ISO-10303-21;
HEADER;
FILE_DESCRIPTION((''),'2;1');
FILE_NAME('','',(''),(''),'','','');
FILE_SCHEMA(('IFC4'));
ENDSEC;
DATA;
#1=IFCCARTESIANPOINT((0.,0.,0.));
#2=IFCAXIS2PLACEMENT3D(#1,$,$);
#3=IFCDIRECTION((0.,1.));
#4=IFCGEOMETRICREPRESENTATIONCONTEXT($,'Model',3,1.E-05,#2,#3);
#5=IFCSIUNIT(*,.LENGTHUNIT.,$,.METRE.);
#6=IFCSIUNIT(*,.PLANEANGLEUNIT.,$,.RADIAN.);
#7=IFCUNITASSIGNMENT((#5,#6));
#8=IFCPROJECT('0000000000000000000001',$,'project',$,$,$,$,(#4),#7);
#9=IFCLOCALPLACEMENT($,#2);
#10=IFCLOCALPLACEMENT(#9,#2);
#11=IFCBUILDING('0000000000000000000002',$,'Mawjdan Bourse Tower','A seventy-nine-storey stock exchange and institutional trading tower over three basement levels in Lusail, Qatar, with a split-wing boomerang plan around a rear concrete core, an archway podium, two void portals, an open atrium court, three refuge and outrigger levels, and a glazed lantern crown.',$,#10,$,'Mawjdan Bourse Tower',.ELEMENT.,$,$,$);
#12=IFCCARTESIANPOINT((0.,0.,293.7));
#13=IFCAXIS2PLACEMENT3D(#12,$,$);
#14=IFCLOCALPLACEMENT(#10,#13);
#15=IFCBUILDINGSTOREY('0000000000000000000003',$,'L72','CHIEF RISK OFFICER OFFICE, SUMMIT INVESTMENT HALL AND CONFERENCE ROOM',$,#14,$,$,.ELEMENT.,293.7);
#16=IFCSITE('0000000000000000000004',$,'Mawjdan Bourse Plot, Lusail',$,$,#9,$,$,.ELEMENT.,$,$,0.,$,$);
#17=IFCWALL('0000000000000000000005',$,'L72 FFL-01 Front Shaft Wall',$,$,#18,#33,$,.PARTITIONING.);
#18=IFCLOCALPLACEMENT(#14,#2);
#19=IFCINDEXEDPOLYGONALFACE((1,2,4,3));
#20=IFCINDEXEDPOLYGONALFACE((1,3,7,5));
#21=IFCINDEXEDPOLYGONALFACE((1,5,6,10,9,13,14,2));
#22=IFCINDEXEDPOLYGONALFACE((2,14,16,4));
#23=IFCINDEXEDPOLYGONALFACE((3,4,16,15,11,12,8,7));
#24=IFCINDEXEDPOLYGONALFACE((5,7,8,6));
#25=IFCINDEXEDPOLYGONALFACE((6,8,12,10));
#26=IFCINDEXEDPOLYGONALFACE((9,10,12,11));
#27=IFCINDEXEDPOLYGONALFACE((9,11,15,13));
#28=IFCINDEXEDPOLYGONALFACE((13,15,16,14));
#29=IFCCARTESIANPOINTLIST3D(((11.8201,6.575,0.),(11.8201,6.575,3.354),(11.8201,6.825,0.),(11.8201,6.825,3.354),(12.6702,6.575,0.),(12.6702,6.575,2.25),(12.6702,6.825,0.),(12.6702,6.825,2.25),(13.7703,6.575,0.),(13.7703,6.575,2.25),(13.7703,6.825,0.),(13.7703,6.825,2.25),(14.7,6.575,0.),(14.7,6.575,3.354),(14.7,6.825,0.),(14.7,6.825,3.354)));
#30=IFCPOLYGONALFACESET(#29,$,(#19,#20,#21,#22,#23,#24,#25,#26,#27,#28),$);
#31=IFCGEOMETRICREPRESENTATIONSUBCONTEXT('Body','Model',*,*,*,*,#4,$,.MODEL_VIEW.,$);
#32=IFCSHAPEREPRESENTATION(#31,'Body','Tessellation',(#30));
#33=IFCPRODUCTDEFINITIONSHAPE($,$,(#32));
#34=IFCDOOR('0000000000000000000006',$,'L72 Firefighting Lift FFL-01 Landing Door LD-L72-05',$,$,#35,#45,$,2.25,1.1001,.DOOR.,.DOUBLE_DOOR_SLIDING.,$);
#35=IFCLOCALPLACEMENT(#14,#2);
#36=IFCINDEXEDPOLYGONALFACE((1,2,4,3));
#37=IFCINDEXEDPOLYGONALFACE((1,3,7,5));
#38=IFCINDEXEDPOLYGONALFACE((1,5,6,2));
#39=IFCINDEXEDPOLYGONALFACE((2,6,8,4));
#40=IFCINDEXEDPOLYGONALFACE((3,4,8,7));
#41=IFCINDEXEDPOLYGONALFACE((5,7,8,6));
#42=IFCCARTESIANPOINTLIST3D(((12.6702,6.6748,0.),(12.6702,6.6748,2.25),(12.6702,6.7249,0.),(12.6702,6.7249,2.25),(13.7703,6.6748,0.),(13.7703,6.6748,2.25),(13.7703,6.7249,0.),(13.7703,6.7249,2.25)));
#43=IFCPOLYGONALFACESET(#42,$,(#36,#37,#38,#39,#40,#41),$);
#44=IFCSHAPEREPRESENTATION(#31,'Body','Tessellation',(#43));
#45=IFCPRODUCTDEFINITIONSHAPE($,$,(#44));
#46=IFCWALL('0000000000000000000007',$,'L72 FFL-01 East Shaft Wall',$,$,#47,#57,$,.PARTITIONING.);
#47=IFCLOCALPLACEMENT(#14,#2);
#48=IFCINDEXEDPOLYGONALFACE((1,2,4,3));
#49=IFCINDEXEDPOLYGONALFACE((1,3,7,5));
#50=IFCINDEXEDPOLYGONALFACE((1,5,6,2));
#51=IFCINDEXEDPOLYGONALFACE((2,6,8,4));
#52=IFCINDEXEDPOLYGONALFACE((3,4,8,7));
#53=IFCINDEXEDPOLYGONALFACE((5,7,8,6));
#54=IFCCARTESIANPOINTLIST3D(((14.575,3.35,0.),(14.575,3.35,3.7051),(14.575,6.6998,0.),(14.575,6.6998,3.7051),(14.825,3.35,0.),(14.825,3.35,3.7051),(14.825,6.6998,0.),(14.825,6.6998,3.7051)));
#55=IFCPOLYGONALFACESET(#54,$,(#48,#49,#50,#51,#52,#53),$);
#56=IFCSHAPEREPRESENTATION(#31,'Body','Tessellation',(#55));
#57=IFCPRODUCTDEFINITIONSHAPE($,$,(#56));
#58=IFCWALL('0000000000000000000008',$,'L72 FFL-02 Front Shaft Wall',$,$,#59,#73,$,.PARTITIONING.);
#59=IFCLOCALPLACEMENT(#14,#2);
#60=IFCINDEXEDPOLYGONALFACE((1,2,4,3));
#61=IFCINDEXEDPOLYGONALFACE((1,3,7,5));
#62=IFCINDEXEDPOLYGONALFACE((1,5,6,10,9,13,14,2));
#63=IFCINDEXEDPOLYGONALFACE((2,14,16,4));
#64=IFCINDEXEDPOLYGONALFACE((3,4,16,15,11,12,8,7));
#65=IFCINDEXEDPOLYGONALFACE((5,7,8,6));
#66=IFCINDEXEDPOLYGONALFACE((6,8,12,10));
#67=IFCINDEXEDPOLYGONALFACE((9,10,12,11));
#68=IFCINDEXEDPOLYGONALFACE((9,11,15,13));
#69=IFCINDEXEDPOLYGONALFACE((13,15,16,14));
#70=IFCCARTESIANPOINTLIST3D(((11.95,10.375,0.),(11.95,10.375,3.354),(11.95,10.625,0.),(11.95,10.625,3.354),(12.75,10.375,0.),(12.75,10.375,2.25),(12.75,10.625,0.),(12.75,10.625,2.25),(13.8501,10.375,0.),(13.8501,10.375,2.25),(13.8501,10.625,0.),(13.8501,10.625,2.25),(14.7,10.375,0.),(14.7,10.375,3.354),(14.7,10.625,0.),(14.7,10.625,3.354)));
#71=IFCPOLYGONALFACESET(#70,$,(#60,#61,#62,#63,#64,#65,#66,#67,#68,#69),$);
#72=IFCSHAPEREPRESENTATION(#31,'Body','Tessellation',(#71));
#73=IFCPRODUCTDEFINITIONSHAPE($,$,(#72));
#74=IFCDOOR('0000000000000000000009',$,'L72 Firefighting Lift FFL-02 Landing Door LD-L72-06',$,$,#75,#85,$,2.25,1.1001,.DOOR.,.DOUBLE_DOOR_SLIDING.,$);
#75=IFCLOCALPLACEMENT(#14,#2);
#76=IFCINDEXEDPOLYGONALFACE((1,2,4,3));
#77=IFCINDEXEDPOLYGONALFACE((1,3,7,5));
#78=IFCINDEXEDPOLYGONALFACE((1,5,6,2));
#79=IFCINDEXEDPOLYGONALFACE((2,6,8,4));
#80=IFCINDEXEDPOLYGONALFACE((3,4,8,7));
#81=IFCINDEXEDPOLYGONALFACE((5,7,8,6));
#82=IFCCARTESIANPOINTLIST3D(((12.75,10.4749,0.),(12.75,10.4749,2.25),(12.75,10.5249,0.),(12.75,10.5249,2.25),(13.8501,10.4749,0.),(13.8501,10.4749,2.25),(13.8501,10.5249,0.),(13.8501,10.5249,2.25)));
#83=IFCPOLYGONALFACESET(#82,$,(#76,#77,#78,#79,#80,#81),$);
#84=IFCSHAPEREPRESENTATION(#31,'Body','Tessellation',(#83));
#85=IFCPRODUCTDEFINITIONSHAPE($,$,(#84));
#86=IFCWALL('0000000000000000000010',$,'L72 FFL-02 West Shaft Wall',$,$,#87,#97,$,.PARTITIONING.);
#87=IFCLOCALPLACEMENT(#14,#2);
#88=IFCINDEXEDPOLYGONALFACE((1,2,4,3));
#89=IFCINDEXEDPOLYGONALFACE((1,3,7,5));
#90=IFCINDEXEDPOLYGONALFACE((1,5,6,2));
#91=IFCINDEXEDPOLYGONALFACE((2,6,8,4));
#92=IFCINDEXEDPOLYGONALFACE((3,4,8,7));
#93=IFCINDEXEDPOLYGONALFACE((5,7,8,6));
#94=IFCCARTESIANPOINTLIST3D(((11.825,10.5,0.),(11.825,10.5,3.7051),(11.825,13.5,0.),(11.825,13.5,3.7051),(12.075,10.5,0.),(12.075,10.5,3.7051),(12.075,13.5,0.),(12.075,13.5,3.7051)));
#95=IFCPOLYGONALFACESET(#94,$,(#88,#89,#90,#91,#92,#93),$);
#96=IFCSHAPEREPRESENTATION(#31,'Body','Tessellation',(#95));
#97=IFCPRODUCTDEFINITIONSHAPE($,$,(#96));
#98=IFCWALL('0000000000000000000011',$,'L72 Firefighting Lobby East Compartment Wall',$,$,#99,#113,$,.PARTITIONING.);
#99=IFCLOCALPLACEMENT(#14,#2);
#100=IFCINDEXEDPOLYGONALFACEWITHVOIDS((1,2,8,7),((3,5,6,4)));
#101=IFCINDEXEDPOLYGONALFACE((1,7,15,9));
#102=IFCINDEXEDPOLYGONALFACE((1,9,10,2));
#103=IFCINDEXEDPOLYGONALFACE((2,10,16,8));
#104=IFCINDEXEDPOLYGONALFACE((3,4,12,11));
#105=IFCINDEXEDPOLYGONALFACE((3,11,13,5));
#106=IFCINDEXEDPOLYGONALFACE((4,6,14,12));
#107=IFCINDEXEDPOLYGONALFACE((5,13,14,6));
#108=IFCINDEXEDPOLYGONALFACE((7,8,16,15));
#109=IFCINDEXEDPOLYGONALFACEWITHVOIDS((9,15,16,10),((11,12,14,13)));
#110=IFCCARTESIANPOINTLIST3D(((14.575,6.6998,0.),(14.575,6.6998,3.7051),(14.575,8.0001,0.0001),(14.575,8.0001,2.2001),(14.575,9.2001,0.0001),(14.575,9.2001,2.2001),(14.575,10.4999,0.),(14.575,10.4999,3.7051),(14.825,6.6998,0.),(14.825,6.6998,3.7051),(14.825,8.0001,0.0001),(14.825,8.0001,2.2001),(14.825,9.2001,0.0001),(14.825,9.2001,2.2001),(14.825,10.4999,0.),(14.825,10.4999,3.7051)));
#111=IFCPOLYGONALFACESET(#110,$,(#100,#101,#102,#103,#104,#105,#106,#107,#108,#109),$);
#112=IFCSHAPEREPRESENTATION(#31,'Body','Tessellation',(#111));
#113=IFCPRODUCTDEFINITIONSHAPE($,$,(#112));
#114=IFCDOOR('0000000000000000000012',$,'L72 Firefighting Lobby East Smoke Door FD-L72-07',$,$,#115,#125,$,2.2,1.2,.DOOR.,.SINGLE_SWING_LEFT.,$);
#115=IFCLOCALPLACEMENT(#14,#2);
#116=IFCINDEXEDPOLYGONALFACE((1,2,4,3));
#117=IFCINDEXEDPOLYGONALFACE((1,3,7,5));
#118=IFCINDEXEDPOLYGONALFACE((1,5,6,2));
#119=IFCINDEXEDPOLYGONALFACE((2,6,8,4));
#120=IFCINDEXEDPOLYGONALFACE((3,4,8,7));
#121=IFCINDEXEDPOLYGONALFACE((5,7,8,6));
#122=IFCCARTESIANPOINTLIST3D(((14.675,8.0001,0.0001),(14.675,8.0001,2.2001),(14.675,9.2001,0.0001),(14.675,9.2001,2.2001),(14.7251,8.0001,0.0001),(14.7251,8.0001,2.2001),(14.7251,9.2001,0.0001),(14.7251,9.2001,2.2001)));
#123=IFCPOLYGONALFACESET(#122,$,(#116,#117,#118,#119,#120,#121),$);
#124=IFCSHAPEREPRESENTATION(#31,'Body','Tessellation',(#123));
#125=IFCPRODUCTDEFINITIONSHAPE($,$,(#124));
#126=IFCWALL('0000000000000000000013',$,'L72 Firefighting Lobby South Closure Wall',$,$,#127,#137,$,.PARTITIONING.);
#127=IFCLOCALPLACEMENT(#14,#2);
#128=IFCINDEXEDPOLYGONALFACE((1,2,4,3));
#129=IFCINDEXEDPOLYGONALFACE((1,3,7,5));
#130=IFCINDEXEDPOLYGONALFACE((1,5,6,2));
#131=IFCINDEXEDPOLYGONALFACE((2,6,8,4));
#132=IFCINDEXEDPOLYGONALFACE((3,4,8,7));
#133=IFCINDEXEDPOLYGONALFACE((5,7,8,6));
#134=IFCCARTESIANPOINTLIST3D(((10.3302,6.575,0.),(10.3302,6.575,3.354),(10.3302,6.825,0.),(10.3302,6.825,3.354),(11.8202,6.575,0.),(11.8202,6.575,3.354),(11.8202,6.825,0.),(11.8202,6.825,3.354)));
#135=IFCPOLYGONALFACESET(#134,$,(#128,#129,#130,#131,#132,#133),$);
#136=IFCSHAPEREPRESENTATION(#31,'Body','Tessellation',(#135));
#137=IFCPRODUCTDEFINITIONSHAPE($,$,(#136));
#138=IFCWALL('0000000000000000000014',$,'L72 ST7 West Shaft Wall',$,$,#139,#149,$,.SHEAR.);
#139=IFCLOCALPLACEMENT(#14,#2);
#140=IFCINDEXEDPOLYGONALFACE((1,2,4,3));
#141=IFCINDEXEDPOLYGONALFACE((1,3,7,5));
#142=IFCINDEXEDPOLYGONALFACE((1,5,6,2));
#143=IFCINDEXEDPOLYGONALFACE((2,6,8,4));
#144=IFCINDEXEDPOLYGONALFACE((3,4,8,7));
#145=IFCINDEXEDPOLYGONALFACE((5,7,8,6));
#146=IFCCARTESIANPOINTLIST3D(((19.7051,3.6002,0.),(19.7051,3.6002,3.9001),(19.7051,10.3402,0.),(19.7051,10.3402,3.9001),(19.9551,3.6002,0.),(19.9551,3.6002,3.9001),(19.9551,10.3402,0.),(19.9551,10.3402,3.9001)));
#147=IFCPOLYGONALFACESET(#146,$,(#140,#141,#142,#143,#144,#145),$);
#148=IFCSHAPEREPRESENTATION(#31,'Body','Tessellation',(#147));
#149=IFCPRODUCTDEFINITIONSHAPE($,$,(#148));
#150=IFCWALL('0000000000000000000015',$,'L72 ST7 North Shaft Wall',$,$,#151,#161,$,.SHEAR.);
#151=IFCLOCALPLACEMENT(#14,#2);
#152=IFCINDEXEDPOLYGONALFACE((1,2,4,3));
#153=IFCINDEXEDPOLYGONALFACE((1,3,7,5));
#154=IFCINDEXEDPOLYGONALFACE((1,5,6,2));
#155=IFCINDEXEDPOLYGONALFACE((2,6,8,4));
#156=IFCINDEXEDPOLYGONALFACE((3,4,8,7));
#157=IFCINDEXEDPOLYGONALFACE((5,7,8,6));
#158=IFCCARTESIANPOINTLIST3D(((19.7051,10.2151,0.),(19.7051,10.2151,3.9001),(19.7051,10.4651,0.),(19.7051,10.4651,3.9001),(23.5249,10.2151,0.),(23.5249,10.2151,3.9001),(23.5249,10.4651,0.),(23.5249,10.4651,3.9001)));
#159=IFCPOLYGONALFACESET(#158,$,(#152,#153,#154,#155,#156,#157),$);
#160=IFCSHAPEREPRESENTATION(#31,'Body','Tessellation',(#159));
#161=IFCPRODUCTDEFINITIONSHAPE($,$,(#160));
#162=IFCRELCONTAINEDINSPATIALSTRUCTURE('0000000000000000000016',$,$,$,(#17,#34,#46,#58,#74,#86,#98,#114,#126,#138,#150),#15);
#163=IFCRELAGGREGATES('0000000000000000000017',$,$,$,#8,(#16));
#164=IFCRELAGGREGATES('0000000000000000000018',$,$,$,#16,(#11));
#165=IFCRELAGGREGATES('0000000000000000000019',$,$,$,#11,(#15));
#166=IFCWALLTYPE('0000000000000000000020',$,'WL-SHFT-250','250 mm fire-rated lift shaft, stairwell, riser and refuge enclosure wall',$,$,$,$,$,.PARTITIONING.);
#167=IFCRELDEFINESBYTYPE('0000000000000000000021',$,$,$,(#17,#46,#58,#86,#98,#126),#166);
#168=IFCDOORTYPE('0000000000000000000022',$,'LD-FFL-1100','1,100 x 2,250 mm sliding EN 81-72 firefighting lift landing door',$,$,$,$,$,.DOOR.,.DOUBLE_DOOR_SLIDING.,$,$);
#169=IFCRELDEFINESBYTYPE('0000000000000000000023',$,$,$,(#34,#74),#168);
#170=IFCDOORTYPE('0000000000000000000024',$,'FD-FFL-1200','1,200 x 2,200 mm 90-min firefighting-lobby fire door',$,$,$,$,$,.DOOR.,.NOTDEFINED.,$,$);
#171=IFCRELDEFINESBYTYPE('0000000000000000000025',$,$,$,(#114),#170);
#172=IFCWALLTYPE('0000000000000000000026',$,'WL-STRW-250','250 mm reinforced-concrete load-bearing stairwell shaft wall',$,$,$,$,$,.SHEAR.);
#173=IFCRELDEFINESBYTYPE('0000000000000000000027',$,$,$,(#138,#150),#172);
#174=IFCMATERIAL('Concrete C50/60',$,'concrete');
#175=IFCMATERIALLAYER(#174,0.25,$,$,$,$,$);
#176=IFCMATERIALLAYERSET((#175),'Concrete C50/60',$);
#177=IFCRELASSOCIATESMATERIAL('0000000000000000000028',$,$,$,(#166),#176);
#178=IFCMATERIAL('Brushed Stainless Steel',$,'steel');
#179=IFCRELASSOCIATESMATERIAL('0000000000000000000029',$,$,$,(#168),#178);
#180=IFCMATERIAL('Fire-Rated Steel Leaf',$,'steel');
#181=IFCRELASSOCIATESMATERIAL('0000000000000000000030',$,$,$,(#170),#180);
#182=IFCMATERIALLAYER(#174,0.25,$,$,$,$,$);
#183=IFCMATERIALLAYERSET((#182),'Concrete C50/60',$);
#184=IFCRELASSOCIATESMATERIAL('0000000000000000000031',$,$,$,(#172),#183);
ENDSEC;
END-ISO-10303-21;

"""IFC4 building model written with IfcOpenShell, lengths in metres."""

from ifc_helpers import new_model, si_unit, direction, frame, frame_2d, origin, place, context, subcontext, project, spatial, rectangle, extrude, material, layer, layer_set, type_object, element, fill, save


model = new_model("IFC4")

# Units and contexts
model_context = context("Model", 3, precision=1e-05, world=origin(), true_north=direction((0.0, 1.0)))
body_context = subcontext(model_context, "Body", "Model", "MODEL_VIEW")
ifc_project = project(units=[si_unit("LENGTHUNIT", "METRE"), si_unit("PLANEANGLEUNIT", "RADIAN")], contexts=[model_context])

# Site, building, storey
site_placement = place(None, origin())
site = spatial("IfcSite", under=ifc_project, at=site_placement, Name="Mawjdan Bourse Plot, Lusail", CompositionType="ELEMENT", RefElevation=0.0)
building_placement = place(site_placement, origin())
building = spatial("IfcBuilding", under=site, at=building_placement, Name="Mawjdan Bourse Tower", Description="A seventy-nine-storey stock exchange and institutional trading tower over three basement levels in Lusail, Qatar, with a split-wing boomerang plan around a rear concrete core, an archway podium, two void portals, an open atrium court, three refuge and outrigger levels, and a glazed lantern crown.", LongName="Mawjdan Bourse Tower", CompositionType="ELEMENT")
storey_placement = place(building_placement, frame((0.0, 0.0, 293.7)))
storey = spatial("IfcBuildingStorey", under=building, at=storey_placement, Name="L72", Description="CHIEF RISK OFFICER OFFICE, SUMMIT INVESTMENT HALL AND CONFERENCE ROOM", CompositionType="ELEMENT", Elevation=293.7)

# Shared definitions
ifc_material_1 = material(Name="Concrete C50/60", Category="concrete")
ifc_layer_1 = layer(ifc_material_1, 0.25)
ifc_layer_set_1 = layer_set([ifc_layer_1], Name="Concrete C50/60")
wall_type_1 = type_object("IfcWallType", Name="WL-SHFT-250", Description="250 mm fire-rated lift shaft, stairwell, riser and refuge enclosure wall", PredefinedType="PARTITIONING", material=ifc_layer_set_1)

# Wall, opening, door
wall_1_placement = place(storey_placement, frame((11.8201, 6.7, 0.0), z_axis=(0.0, 0.0, 1.0), x_axis=(1.0, 0.0, 0.0)))
wall_1 = element("IfcWall", 1, at=wall_1_placement, inside=storey, type_object=wall_type_1, Name="L72 FFL-01 Front Shaft Wall", PredefinedType="PARTITIONING", context=body_context, shape_type="SweptSolid", body=[
    extrude(rectangle(XDim=2.8799, YDim=0.25, at=frame_2d((1.4399, 0.0))), origin(), (0.0, 0.0, 1.0), 3.354),
])
opening_1_placement = place(wall_1_placement, frame((0.8501, 0.0, 0.0)))
opening_1 = element("IfcOpeningElement", 2, at=opening_1_placement, cuts=wall_1, PredefinedType="OPENING", context=body_context, shape_type="SweptSolid", body=[
    extrude(rectangle(XDim=1.1001, YDim=2.25, at=frame_2d((0.55, 1.125))), frame((0.0, 0.135, 0.0), z_axis=(0.0, -1.0, 0.0), x_axis=(1.0, 0.0, 0.0)), (0.0, 0.0, 1.0), 0.27),
])
ifc_material_2 = material(Name="Brushed Stainless Steel", Category="steel")
door_type_1 = type_object("IfcDoorType", Name="LD-FFL-1100", Description="1,100 x 2,250 mm sliding EN 81-72 firefighting lift landing door", OperationType="DOUBLE_DOOR_SLIDING", PredefinedType="DOOR", material=ifc_material_2)
door_1_placement = place(opening_1_placement, origin())
door_1 = element("IfcDoor", 3, at=door_1_placement, inside=storey, type_object=door_type_1, Name="L72 Firefighting Lift FFL-01 Landing Door LD-L72-05", OperationType="DOUBLE_DOOR_SLIDING", OverallHeight=2.25, OverallWidth=1.1001, PredefinedType="DOOR", context=body_context, shape_type="SweptSolid", body=[
    extrude(rectangle(XDim=1.1001, YDim=2.25, at=frame_2d((0.55, 1.125))), frame((0.0, 0.0249, 0.0), z_axis=(0.0, -1.0, 0.0), x_axis=(1.0, 0.0, 0.0)), (0.0, 0.0, 1.0), 0.05),
])
fill(opening_1, door_1)

# Wall
wall_2_placement = place(storey_placement, frame((14.7, 3.3501, 0.0), z_axis=(0.0, 0.0, 1.0), x_axis=(0.0, 1.0, 0.0)))
element("IfcWall", 4, at=wall_2_placement, inside=storey, type_object=wall_type_1, Name="L72 FFL-01 East Shaft Wall", PredefinedType="PARTITIONING", context=body_context, shape_type="SweptSolid", body=[
    extrude(rectangle(XDim=3.3499, YDim=0.25, at=frame_2d((1.6748, 0.0))), origin(), (0.0, 0.0, 1.0), 3.7051),
])

# Wall, opening, door
wall_3_placement = place(storey_placement, frame((11.95, 10.5, 0.0), z_axis=(0.0, 0.0, 1.0), x_axis=(1.0, 0.0, 0.0)))
wall_3 = element("IfcWall", 5, at=wall_3_placement, inside=storey, type_object=wall_type_1, Name="L72 FFL-02 Front Shaft Wall", PredefinedType="PARTITIONING", context=body_context, shape_type="SweptSolid", body=[
    extrude(rectangle(XDim=2.75, YDim=0.25, at=frame_2d((1.375, 0.0))), origin(), (0.0, 0.0, 1.0), 3.354),
])
opening_2_placement = place(wall_3_placement, frame((0.8, 0.0, 0.0)))
opening_2 = element("IfcOpeningElement", 6, at=opening_2_placement, cuts=wall_3, PredefinedType="OPENING", context=body_context, shape_type="SweptSolid", body=[
    extrude(rectangle(XDim=1.1001, YDim=2.25, at=frame_2d((0.55, 1.125))), frame((0.0, 0.135, 0.0), z_axis=(0.0, -1.0, 0.0), x_axis=(1.0, 0.0, 0.0)), (0.0, 0.0, 1.0), 0.27),
])
door_2_placement = place(opening_2_placement, origin())
door_2 = element("IfcDoor", 7, at=door_2_placement, inside=storey, type_object=door_type_1, Name="L72 Firefighting Lift FFL-02 Landing Door LD-L72-06", OperationType="DOUBLE_DOOR_SLIDING", OverallHeight=2.25, OverallWidth=1.1001, PredefinedType="DOOR", context=body_context, shape_type="SweptSolid", body=[
    extrude(rectangle(XDim=1.1001, YDim=2.25, at=frame_2d((0.55, 1.125))), frame((0.0, 0.0249, 0.0), z_axis=(0.0, -1.0, 0.0), x_axis=(1.0, 0.0, 0.0)), (0.0, 0.0, 1.0), 0.05),
])
fill(opening_2, door_2)

# Wall
wall_4_placement = place(storey_placement, frame((11.95, 10.5, 0.0), z_axis=(0.0, 0.0, 1.0), x_axis=(0.0, 1.0, 0.0)))
element("IfcWall", 8, at=wall_4_placement, inside=storey, type_object=wall_type_1, Name="L72 FFL-02 West Shaft Wall", PredefinedType="PARTITIONING", context=body_context, shape_type="SweptSolid", body=[
    extrude(rectangle(XDim=3.0, YDim=0.25, at=frame_2d((1.5, 0.0))), origin(), (0.0, 0.0, 1.0), 3.7051),
])

# Wall, opening, door
wall_5_placement = place(storey_placement, frame((14.7, 6.7, 0.0), z_axis=(0.0, 0.0, 1.0), x_axis=(0.0, 1.0, 0.0)))
wall_5 = element("IfcWall", 9, at=wall_5_placement, inside=storey, type_object=wall_type_1, Name="L72 Firefighting Lobby East Compartment Wall", PredefinedType="PARTITIONING", context=body_context, shape_type="SweptSolid", body=[
    extrude(rectangle(XDim=3.8, YDim=0.25, at=frame_2d((1.8999, 0.0))), origin(), (0.0, 0.0, 1.0), 3.7051),
])
opening_3_placement = place(wall_5_placement, frame((1.3, 0.0, 0.0)))
opening_3 = element("IfcOpeningElement", 10, at=opening_3_placement, cuts=wall_5, PredefinedType="OPENING", context=body_context, shape_type="SweptSolid", body=[
    extrude(rectangle(XDim=1.2, YDim=2.2, at=frame_2d((0.6001, 1.1001))), frame((0.0, 0.135, 0.0), z_axis=(0.0, -1.0, 0.0), x_axis=(1.0, 0.0, 0.0)), (0.0, 0.0, 1.0), 0.27),
])
ifc_material_3 = material(Name="Fire-Rated Steel Leaf", Category="steel")
door_type_2 = type_object("IfcDoorType", Name="FD-FFL-1200", Description="1,200 x 2,200 mm 90-min firefighting-lobby fire door", OperationType="NOTDEFINED", PredefinedType="DOOR", material=ifc_material_3)
door_3_placement = place(opening_3_placement, origin())
door_3 = element("IfcDoor", 11, at=door_3_placement, inside=storey, type_object=door_type_2, Name="L72 Firefighting Lobby East Smoke Door FD-L72-07", OperationType="SINGLE_SWING_LEFT", OverallHeight=2.2, OverallWidth=1.2, PredefinedType="DOOR", context=body_context, shape_type="SweptSolid", body=[
    extrude(rectangle(XDim=1.2, YDim=2.2, at=frame_2d((0.6001, 1.1001))), frame((0.0, 0.0249, 0.0), z_axis=(0.0, -1.0, 0.0), x_axis=(1.0, 0.0, 0.0)), (0.0, 0.0, 1.0), 0.05),
])
fill(opening_3, door_3)

# Walls
wall_6_placement = place(storey_placement, frame((10.3301, 6.7, 0.0), z_axis=(0.0, 0.0, 1.0), x_axis=(1.0, 0.0, 0.0)))
element("IfcWall", 12, at=wall_6_placement, inside=storey, type_object=wall_type_1, Name="L72 Firefighting Lobby South Closure Wall", PredefinedType="PARTITIONING", context=body_context, shape_type="SweptSolid", body=[
    extrude(rectangle(XDim=1.49, YDim=0.25, at=frame_2d((0.7451, 0.0))), origin(), (0.0, 0.0, 1.0), 3.354),
])
ifc_layer_2 = layer(ifc_material_1, 0.25)
ifc_layer_set_2 = layer_set([ifc_layer_2], Name="Concrete C50/60")
wall_type_2 = type_object("IfcWallType", Name="WL-STRW-250", Description="250 mm reinforced-concrete load-bearing stairwell shaft wall", PredefinedType="SHEAR", material=ifc_layer_set_2)
wall_7_placement = place(storey_placement, frame((19.8301, 3.6001, 0.0), z_axis=(0.0, 0.0, 1.0), x_axis=(0.0, 1.0, 0.0)))
element("IfcWall", 13, at=wall_7_placement, inside=storey, type_object=wall_type_2, Name="L72 ST7 West Shaft Wall", PredefinedType="SHEAR", context=body_context, shape_type="SweptSolid", body=[
    extrude(rectangle(XDim=6.74, YDim=0.25, at=frame_2d((3.3701, 0.0))), origin(), (0.0, 0.0, 1.0), 3.9001),
])
wall_8_placement = place(storey_placement, frame((19.7051, 10.3401, 0.0), z_axis=(0.0, 0.0, 1.0), x_axis=(1.0, 0.0, 0.0)))
element("IfcWall", 14, at=wall_8_placement, inside=storey, type_object=wall_type_2, Name="L72 ST7 North Shaft Wall", PredefinedType="SHEAR", context=body_context, shape_type="SweptSolid", body=[
    extrude(rectangle(XDim=3.8198, YDim=0.25, at=frame_2d((1.9099, 0.0))), origin(), (0.0, 0.0, 1.0), 3.9001),
])

save(model, "model.ifc")
